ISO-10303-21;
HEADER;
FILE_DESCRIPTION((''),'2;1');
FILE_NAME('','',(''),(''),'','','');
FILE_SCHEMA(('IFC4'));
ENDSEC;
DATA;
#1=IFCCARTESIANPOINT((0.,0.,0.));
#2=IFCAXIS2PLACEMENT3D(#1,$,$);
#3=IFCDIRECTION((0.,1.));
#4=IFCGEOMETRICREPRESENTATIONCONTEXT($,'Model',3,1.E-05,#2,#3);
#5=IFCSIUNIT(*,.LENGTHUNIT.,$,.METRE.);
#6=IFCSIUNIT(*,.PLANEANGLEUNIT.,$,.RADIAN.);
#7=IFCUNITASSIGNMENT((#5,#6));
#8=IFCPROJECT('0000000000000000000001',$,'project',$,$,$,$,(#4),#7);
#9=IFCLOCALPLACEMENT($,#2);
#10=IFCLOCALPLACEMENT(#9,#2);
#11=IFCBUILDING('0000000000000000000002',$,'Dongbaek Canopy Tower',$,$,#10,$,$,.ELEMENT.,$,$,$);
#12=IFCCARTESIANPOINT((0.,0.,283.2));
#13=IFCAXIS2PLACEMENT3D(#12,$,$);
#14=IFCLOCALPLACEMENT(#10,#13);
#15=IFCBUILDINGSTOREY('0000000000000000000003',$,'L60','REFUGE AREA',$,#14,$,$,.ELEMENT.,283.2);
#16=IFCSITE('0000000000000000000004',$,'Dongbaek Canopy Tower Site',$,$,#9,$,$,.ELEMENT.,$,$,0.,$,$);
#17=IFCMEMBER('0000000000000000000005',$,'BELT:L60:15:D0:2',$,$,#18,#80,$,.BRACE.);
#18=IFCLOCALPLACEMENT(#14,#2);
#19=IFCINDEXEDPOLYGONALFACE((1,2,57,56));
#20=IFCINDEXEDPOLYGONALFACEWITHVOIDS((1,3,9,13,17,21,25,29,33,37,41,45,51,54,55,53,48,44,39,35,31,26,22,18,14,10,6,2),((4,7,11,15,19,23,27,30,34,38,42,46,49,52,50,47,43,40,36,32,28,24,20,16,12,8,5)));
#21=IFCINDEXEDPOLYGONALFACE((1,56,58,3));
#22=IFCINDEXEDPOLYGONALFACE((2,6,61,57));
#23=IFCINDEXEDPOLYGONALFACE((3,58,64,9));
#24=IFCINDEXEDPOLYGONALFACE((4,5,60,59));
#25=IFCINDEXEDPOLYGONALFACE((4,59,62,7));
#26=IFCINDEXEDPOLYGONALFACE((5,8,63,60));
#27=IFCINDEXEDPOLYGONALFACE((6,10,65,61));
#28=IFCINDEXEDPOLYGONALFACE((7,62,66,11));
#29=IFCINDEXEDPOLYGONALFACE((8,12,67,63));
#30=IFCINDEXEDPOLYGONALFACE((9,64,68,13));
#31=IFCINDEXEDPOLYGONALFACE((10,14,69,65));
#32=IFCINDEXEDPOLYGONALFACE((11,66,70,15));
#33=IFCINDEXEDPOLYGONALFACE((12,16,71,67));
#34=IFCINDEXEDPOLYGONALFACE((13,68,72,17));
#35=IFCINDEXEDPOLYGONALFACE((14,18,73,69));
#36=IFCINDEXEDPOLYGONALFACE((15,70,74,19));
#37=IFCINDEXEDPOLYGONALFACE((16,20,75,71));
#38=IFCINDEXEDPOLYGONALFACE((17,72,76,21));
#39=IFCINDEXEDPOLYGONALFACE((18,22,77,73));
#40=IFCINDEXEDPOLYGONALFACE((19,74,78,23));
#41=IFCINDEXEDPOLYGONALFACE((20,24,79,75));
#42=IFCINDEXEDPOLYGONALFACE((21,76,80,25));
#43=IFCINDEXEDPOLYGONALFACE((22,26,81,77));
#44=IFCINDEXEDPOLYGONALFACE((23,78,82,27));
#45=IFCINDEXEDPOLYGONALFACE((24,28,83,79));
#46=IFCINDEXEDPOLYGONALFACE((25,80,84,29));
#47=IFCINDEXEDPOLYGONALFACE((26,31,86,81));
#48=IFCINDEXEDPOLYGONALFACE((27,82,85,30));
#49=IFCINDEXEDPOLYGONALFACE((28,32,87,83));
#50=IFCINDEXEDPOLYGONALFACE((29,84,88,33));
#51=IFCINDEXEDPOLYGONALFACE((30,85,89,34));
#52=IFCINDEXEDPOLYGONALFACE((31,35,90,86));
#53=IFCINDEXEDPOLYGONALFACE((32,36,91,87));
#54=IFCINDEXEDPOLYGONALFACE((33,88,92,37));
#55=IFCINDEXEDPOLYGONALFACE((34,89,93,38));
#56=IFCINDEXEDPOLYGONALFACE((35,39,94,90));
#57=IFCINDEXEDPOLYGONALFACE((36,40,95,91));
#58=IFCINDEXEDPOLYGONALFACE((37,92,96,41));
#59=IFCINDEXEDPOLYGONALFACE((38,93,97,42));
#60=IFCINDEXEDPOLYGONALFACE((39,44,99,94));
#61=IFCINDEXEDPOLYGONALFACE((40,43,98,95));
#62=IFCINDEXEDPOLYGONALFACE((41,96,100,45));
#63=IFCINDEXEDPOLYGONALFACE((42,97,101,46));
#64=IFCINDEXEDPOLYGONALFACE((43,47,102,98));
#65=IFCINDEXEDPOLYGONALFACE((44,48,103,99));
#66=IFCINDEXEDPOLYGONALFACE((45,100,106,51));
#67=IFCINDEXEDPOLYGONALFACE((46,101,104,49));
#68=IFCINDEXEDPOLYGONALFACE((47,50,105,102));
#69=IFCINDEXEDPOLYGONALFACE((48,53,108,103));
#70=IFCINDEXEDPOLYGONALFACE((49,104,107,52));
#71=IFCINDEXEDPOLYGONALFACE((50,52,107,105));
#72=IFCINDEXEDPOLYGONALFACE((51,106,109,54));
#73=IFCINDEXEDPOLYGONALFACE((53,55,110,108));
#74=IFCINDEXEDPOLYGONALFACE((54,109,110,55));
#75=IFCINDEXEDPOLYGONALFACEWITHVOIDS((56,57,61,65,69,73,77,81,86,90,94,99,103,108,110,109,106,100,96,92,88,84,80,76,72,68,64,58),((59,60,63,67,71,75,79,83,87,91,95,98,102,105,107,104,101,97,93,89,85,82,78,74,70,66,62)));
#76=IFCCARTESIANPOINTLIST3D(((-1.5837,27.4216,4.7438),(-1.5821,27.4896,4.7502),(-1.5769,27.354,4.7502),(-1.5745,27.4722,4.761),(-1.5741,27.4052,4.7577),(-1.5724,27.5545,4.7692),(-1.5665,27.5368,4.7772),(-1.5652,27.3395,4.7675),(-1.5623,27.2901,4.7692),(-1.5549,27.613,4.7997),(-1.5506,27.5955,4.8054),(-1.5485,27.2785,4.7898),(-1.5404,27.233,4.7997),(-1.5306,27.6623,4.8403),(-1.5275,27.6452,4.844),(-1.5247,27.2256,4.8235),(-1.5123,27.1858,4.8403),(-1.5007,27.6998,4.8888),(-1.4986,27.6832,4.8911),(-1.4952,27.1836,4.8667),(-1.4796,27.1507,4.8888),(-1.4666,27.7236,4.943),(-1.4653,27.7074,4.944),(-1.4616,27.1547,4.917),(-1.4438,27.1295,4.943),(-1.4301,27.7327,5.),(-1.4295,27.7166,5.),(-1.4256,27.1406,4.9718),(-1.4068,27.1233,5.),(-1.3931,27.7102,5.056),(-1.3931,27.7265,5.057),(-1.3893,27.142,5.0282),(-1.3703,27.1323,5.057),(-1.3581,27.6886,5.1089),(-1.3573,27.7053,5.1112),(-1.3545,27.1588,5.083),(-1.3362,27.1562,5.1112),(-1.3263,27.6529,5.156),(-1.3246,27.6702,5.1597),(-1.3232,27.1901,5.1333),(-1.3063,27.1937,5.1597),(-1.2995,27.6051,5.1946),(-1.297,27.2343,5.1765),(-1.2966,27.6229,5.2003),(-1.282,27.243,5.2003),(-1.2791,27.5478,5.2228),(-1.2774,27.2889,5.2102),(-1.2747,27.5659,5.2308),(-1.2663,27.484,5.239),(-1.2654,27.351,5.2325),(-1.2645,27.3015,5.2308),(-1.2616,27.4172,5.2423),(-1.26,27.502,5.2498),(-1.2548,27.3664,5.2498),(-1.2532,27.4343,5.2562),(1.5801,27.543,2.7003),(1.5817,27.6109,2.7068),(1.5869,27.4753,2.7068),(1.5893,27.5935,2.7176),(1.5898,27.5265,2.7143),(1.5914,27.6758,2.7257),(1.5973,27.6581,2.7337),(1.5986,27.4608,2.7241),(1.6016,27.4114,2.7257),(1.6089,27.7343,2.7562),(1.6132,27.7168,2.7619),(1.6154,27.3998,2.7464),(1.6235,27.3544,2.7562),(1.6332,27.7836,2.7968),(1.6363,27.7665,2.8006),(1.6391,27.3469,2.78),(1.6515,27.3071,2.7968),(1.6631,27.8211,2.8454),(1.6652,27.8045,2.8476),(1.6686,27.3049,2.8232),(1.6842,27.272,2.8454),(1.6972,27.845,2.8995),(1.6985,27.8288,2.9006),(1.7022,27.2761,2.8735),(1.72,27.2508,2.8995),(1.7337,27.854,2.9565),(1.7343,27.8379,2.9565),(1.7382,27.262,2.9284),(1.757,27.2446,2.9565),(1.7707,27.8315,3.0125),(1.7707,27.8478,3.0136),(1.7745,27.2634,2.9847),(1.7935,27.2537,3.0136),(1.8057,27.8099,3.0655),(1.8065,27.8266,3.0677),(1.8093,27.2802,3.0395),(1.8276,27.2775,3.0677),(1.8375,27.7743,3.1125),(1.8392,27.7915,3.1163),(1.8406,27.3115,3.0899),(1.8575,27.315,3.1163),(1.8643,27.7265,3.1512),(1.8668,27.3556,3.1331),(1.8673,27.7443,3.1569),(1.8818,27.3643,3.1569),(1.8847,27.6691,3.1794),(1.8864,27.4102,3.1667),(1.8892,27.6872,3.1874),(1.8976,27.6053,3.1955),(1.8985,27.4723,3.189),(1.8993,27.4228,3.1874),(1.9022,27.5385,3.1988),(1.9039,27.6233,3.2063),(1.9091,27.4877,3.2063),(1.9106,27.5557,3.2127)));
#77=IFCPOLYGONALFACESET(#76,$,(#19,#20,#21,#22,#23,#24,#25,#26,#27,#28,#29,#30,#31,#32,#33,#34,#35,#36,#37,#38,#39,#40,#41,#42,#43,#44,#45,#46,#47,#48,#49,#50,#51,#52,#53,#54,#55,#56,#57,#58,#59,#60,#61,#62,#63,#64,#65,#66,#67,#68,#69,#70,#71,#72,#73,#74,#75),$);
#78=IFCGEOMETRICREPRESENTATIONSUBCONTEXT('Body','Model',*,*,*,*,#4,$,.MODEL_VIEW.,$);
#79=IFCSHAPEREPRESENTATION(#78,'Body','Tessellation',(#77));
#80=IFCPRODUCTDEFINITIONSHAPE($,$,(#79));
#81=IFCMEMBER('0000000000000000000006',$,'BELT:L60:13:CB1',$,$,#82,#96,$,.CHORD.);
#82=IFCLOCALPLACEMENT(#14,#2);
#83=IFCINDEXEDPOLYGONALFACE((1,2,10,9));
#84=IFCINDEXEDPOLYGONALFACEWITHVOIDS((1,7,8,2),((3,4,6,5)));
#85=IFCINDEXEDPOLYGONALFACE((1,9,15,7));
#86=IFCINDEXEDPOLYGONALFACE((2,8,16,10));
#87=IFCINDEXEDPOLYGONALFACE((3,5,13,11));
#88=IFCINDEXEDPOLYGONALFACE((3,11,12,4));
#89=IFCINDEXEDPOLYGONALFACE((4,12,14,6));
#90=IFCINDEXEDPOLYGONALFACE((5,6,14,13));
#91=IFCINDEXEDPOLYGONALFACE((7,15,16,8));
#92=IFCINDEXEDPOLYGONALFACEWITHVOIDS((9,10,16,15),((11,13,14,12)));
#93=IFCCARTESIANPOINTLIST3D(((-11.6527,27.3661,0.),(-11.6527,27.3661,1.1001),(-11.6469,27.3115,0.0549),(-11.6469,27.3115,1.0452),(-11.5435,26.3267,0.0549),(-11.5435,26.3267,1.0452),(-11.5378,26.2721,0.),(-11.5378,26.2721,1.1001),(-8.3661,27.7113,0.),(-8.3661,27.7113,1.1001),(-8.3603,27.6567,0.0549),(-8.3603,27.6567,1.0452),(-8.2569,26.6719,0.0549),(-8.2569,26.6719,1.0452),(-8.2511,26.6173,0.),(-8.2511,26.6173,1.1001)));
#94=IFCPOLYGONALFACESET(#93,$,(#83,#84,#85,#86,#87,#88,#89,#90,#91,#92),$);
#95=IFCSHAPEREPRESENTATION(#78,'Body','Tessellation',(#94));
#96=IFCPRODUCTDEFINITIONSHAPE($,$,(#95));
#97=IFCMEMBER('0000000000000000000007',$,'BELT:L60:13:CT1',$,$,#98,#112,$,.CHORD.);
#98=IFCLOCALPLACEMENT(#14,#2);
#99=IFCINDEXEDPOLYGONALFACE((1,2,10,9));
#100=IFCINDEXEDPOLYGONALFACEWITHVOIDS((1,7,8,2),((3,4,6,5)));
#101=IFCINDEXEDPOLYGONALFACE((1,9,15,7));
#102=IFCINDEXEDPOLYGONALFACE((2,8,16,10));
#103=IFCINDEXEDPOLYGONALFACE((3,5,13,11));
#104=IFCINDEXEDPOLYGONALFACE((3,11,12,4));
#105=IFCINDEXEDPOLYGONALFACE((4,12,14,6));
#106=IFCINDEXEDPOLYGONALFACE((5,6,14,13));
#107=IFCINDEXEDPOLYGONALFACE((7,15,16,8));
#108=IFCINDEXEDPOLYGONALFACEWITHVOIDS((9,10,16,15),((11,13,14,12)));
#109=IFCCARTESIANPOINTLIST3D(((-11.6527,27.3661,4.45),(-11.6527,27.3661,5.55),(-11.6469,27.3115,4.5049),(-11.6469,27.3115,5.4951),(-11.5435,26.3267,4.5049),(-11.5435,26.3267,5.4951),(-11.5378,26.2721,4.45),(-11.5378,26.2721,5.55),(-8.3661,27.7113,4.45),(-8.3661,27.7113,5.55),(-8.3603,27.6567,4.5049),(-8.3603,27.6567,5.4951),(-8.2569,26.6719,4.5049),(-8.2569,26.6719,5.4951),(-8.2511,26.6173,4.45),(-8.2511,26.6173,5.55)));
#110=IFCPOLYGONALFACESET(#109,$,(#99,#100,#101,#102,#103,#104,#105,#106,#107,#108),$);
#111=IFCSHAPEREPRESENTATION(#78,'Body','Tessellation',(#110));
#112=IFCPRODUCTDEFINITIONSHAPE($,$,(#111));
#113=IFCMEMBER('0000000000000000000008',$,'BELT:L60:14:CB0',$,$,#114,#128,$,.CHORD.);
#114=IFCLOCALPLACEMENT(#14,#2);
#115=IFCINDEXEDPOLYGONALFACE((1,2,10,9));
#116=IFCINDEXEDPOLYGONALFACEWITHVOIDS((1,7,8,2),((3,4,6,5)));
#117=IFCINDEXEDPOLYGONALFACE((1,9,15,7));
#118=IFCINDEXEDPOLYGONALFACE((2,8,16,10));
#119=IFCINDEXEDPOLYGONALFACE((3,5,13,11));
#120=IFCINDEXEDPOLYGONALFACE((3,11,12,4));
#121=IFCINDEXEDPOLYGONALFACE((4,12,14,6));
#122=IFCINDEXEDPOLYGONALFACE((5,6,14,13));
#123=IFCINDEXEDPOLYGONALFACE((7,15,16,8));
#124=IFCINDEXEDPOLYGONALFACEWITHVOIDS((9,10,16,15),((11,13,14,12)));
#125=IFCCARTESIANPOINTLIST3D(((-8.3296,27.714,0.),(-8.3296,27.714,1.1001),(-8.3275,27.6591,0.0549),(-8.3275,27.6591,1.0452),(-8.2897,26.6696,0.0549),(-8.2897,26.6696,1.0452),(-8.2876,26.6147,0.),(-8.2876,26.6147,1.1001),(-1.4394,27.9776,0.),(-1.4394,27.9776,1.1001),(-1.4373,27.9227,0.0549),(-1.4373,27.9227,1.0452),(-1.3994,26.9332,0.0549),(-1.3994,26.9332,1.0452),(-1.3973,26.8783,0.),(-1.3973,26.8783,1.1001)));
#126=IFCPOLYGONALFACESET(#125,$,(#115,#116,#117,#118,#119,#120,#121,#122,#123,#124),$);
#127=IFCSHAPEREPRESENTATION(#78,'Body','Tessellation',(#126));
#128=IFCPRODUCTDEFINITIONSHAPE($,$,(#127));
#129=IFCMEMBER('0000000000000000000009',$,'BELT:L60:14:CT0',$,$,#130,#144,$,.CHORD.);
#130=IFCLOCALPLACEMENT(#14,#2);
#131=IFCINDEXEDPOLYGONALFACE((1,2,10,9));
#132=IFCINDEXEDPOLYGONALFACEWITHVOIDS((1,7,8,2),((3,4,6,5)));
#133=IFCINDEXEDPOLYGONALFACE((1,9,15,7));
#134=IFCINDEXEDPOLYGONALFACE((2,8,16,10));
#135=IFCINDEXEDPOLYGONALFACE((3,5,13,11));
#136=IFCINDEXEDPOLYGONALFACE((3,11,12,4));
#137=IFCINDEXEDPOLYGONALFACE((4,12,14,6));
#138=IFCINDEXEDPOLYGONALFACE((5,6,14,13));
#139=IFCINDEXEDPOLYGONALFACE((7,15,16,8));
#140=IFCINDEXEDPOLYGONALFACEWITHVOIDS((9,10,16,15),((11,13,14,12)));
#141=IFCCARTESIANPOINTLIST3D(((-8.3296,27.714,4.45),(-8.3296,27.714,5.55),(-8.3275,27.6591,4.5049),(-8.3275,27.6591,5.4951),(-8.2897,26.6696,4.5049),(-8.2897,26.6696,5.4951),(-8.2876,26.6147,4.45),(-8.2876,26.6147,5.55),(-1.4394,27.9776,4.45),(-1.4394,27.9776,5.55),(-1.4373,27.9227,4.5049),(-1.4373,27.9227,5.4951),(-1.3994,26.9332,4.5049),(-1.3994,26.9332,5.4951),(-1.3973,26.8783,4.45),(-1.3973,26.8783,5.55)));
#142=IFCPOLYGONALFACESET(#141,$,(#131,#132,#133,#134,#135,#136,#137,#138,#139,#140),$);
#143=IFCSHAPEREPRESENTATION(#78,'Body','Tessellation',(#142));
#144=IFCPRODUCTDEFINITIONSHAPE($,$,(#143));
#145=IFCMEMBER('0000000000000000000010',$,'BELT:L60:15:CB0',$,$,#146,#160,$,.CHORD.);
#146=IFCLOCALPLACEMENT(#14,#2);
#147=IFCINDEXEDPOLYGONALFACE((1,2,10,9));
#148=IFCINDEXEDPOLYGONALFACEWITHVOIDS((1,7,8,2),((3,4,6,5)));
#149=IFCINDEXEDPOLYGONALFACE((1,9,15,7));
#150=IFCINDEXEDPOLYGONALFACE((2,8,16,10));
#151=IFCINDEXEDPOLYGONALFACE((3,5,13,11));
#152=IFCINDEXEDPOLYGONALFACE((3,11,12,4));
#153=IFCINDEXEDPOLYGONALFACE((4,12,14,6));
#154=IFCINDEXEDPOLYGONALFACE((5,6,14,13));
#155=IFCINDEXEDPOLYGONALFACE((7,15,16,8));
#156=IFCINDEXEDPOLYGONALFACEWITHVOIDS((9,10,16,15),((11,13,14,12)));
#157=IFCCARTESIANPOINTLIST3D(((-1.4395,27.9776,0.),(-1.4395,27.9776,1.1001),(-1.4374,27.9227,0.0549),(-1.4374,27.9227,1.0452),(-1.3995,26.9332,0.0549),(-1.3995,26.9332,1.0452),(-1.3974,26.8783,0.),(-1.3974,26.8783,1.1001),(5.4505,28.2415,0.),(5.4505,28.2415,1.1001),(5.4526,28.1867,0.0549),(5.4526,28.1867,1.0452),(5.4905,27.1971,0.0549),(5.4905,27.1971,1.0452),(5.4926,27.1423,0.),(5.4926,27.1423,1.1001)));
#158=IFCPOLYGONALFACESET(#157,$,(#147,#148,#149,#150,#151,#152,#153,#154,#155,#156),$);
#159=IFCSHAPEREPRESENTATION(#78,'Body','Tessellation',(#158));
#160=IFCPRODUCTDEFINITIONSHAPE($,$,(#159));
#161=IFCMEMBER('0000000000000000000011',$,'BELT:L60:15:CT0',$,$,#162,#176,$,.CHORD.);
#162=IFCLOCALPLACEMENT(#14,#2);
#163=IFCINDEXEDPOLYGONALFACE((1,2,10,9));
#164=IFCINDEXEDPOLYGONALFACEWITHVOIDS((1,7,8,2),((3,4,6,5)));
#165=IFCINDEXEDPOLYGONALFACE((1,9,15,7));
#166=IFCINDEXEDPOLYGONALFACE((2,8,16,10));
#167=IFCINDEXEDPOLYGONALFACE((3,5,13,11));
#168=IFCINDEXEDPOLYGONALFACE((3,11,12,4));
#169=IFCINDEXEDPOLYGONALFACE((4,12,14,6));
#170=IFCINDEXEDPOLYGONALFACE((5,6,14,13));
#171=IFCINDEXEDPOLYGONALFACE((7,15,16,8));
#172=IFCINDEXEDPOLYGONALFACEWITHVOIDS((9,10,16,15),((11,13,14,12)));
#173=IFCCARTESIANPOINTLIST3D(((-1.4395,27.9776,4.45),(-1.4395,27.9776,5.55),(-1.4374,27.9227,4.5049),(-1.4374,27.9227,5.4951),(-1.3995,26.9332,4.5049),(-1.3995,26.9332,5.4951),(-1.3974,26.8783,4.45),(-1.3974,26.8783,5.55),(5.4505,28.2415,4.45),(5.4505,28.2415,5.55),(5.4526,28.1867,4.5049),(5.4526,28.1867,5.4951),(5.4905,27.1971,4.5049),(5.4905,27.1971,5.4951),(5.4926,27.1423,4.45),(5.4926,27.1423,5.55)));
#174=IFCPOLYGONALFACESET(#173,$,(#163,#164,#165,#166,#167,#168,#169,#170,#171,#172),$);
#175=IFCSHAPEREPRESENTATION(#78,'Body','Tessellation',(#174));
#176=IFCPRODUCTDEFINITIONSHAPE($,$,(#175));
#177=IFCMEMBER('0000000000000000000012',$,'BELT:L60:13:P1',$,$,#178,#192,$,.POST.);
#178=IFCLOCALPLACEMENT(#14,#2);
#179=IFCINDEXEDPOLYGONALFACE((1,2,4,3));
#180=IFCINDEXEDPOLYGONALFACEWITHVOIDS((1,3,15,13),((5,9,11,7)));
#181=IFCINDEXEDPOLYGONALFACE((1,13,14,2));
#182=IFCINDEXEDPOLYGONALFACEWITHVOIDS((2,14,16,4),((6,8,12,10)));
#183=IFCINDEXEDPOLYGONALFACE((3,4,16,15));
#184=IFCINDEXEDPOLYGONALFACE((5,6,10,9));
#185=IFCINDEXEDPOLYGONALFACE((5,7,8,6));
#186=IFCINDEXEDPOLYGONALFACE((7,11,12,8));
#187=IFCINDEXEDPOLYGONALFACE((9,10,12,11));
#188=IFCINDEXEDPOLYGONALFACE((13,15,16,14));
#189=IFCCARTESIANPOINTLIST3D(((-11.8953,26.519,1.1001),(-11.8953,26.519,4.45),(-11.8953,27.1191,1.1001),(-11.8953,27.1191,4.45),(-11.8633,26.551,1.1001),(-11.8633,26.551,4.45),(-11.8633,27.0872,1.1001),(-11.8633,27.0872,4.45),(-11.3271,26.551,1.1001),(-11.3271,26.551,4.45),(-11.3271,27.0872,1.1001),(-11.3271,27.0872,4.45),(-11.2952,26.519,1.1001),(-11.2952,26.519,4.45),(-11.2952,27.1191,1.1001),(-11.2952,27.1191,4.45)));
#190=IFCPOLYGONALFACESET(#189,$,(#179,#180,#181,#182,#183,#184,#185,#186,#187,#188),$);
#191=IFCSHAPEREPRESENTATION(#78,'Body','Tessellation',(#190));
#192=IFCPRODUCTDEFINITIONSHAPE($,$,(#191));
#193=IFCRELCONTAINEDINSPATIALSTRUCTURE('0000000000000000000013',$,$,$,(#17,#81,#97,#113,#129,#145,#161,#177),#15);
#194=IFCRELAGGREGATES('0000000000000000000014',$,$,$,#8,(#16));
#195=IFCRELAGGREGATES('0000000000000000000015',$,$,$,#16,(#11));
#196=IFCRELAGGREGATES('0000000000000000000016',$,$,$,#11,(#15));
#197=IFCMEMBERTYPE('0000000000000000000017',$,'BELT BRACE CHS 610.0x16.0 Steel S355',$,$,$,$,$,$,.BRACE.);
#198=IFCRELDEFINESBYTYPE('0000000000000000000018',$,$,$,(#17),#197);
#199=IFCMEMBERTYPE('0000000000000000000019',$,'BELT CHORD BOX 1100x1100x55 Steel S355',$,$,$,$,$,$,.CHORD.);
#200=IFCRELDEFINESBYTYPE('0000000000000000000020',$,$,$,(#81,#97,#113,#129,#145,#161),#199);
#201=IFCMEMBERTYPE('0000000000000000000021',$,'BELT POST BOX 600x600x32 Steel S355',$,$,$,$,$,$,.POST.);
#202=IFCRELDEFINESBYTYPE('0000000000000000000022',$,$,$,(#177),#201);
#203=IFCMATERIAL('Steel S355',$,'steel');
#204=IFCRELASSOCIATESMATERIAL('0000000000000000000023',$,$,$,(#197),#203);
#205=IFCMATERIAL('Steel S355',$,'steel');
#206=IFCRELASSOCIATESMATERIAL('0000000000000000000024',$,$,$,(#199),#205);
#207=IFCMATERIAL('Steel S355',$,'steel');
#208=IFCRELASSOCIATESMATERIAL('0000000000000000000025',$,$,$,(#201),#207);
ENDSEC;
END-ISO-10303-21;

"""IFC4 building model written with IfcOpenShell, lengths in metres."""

from ifc_helpers import new_model, si_unit, direction, frame, origin, origin_2d, place, context, subcontext, project, spatial, hollow_rectangle, hollow_circle, extrude, material, material_profile, profile_set, type_object, element, save


model = new_model("IFC4")

# Units and contexts
model_context = context("Model", 3, precision=1e-05, world=origin(), true_north=direction((0.0, 1.0)))
body_context = subcontext(model_context, "Body", "Model", "MODEL_VIEW")
ifc_project = project(units=[si_unit("LENGTHUNIT", "METRE"), si_unit("PLANEANGLEUNIT", "RADIAN")], contexts=[model_context])

# Site, building, storey
site_placement = place(None, origin())
site = spatial("IfcSite", under=ifc_project, at=site_placement, Name="Dongbaek Canopy Tower Site", CompositionType="ELEMENT", RefElevation=0.0)
building_placement = place(site_placement, origin())
building = spatial("IfcBuilding", under=site, at=building_placement, Name="Dongbaek Canopy Tower", CompositionType="ELEMENT")
storey_placement = place(building_placement, frame((0.0, 0.0, 283.2)))
storey = spatial("IfcBuildingStorey", under=building, at=storey_placement, Name="L60", Description="REFUGE AREA", CompositionType="ELEMENT", Elevation=283.2)

# Members
ifc_material_1 = material(Name="Steel S355", Category="steel")
ifc_material_profile_1 = material_profile(ifc_material_1, hollow_circle(Radius=0.3049, WallThickness=0.0161, at=origin_2d()), Name="BELT BRACE CHS 610.0x16.0 Steel S355")
ifc_profile_set_1 = profile_set([ifc_material_profile_1], Name="Steel S355")
member_type_1 = type_object("IfcMemberType", Name="BELT BRACE CHS 610.0x16.0 Steel S355", PredefinedType="BRACE", material=ifc_profile_set_1)
member_1_placement = place(storey_placement, frame((-1.4185, 27.428, 5.0), z_axis=(0.839585, 0.0322, -0.542274), x_axis=(-0.038324, 0.999265, 0.0)))
element("IfcMember", 1, at=member_1_placement, inside=storey, type_object=member_type_1, Name="BELT:L60:15:D0:2", PredefinedType="BRACE", context=body_context, shape_type="SweptSolid", body=[
    extrude(hollow_circle(Radius=0.3049, WallThickness=0.0161, at=origin_2d()), origin(), (0.0, 0.0, 1.0), 3.7683),
])
ifc_material_2 = material(Name="Steel S355", Category="steel")
ifc_material_profile_2 = material_profile(ifc_material_2, hollow_rectangle(XDim=1.1001, YDim=1.1001, WallThickness=0.0549, at=origin_2d()), Name="BELT CHORD BOX 1100x1100x55 Steel S355")
ifc_profile_set_2 = profile_set([ifc_material_profile_2], Name="Steel S355")
member_type_2 = type_object("IfcMemberType", Name="BELT CHORD BOX 1100x1100x55 Steel S355", PredefinedType="CHORD", material=ifc_profile_set_2)
for number, where, z_axis, x_axis, name in (
    (2, (-11.5952, 26.8191, 0.55), (0.994529, 0.104462, 0.0), (-0.104462, 0.994529, 0.0), "BELT:L60:13:CB1"),
    (3, (-11.5952, 26.8191, 5.0), (0.994529, 0.104462, 0.0), (-0.104462, 0.994529, 0.0), "BELT:L60:13:CT1"),
):
    element("IfcMember", number, at=place(storey_placement, frame(where, z_axis=z_axis, x_axis=x_axis)), inside=storey, type_object=member_type_2, Name=name, PredefinedType="CHORD", context=body_context, shape_type="SweptSolid", body=[
        extrude(hollow_rectangle(XDim=1.1001, YDim=1.1001, WallThickness=0.0549, at=origin_2d()), origin(), (0.0, 0.0, 1.0), 3.3047),
    ])
for number, where, z_axis, x_axis, name in (
    (4, (-8.3086, 27.1643, 0.55), (0.999269, 0.03824, 0.0), (-0.03824, 0.999269, 0.0), "BELT:L60:14:CB0"),
    (5, (-8.3086, 27.1643, 5.0), (0.999269, 0.03824, 0.0), (-0.03824, 0.999269, 0.0), "BELT:L60:14:CT0"),
):
    element("IfcMember", number, at=place(storey_placement, frame(where, z_axis=z_axis, x_axis=x_axis)), inside=storey, type_object=member_type_2, Name=name, PredefinedType="CHORD", context=body_context, shape_type="SweptSolid", body=[
        extrude(hollow_rectangle(XDim=1.1001, YDim=1.1001, WallThickness=0.0549, at=origin_2d()), origin(), (0.0, 0.0, 1.0), 6.8953),
    ])
for number, where, z_axis, x_axis, name in (
    (6, (-1.4185, 27.428, 0.55), (0.999267, 0.038277, 0.0), (-0.038277, 0.999267, 0.0), "BELT:L60:15:CB0"),
    (7, (-1.4185, 27.428, 5.0), (0.999267, 0.038277, 0.0), (-0.038277, 0.999267, 0.0), "BELT:L60:15:CT0"),
):
    element("IfcMember", number, at=place(storey_placement, frame(where, z_axis=z_axis, x_axis=x_axis)), inside=storey, type_object=member_type_2, Name=name, PredefinedType="CHORD", context=body_context, shape_type="SweptSolid", body=[
        extrude(hollow_rectangle(XDim=1.1001, YDim=1.1001, WallThickness=0.0549, at=origin_2d()), origin(), (0.0, 0.0, 1.0), 6.895),
    ])
ifc_material_3 = material(Name="Steel S355", Category="steel")
ifc_material_profile_3 = material_profile(ifc_material_3, hollow_rectangle(XDim=0.6001, YDim=0.6001, WallThickness=0.032, at=origin_2d()), Name="BELT POST BOX 600x600x32 Steel S355")
ifc_profile_set_3 = profile_set([ifc_material_profile_3], Name="Steel S355")
member_type_3 = type_object("IfcMemberType", Name="BELT POST BOX 600x600x32 Steel S355", PredefinedType="POST", material=ifc_profile_set_3)
member_2_placement = place(storey_placement, frame((-11.5952, 26.8191, 1.1001), z_axis=(0.0, 0.0, 1.0), x_axis=(1.0, 0.0, 0.0)))
element("IfcMember", 8, at=member_2_placement, inside=storey, type_object=member_type_3, Name="BELT:L60:13:P1", PredefinedType="POST", context=body_context, shape_type="SweptSolid", body=[
    extrude(hollow_rectangle(XDim=0.6001, YDim=0.6001, WallThickness=0.032, at=origin_2d()), origin(), (0.0, 0.0, 1.0), 3.3499),
])

save(model, "model.ifc")
